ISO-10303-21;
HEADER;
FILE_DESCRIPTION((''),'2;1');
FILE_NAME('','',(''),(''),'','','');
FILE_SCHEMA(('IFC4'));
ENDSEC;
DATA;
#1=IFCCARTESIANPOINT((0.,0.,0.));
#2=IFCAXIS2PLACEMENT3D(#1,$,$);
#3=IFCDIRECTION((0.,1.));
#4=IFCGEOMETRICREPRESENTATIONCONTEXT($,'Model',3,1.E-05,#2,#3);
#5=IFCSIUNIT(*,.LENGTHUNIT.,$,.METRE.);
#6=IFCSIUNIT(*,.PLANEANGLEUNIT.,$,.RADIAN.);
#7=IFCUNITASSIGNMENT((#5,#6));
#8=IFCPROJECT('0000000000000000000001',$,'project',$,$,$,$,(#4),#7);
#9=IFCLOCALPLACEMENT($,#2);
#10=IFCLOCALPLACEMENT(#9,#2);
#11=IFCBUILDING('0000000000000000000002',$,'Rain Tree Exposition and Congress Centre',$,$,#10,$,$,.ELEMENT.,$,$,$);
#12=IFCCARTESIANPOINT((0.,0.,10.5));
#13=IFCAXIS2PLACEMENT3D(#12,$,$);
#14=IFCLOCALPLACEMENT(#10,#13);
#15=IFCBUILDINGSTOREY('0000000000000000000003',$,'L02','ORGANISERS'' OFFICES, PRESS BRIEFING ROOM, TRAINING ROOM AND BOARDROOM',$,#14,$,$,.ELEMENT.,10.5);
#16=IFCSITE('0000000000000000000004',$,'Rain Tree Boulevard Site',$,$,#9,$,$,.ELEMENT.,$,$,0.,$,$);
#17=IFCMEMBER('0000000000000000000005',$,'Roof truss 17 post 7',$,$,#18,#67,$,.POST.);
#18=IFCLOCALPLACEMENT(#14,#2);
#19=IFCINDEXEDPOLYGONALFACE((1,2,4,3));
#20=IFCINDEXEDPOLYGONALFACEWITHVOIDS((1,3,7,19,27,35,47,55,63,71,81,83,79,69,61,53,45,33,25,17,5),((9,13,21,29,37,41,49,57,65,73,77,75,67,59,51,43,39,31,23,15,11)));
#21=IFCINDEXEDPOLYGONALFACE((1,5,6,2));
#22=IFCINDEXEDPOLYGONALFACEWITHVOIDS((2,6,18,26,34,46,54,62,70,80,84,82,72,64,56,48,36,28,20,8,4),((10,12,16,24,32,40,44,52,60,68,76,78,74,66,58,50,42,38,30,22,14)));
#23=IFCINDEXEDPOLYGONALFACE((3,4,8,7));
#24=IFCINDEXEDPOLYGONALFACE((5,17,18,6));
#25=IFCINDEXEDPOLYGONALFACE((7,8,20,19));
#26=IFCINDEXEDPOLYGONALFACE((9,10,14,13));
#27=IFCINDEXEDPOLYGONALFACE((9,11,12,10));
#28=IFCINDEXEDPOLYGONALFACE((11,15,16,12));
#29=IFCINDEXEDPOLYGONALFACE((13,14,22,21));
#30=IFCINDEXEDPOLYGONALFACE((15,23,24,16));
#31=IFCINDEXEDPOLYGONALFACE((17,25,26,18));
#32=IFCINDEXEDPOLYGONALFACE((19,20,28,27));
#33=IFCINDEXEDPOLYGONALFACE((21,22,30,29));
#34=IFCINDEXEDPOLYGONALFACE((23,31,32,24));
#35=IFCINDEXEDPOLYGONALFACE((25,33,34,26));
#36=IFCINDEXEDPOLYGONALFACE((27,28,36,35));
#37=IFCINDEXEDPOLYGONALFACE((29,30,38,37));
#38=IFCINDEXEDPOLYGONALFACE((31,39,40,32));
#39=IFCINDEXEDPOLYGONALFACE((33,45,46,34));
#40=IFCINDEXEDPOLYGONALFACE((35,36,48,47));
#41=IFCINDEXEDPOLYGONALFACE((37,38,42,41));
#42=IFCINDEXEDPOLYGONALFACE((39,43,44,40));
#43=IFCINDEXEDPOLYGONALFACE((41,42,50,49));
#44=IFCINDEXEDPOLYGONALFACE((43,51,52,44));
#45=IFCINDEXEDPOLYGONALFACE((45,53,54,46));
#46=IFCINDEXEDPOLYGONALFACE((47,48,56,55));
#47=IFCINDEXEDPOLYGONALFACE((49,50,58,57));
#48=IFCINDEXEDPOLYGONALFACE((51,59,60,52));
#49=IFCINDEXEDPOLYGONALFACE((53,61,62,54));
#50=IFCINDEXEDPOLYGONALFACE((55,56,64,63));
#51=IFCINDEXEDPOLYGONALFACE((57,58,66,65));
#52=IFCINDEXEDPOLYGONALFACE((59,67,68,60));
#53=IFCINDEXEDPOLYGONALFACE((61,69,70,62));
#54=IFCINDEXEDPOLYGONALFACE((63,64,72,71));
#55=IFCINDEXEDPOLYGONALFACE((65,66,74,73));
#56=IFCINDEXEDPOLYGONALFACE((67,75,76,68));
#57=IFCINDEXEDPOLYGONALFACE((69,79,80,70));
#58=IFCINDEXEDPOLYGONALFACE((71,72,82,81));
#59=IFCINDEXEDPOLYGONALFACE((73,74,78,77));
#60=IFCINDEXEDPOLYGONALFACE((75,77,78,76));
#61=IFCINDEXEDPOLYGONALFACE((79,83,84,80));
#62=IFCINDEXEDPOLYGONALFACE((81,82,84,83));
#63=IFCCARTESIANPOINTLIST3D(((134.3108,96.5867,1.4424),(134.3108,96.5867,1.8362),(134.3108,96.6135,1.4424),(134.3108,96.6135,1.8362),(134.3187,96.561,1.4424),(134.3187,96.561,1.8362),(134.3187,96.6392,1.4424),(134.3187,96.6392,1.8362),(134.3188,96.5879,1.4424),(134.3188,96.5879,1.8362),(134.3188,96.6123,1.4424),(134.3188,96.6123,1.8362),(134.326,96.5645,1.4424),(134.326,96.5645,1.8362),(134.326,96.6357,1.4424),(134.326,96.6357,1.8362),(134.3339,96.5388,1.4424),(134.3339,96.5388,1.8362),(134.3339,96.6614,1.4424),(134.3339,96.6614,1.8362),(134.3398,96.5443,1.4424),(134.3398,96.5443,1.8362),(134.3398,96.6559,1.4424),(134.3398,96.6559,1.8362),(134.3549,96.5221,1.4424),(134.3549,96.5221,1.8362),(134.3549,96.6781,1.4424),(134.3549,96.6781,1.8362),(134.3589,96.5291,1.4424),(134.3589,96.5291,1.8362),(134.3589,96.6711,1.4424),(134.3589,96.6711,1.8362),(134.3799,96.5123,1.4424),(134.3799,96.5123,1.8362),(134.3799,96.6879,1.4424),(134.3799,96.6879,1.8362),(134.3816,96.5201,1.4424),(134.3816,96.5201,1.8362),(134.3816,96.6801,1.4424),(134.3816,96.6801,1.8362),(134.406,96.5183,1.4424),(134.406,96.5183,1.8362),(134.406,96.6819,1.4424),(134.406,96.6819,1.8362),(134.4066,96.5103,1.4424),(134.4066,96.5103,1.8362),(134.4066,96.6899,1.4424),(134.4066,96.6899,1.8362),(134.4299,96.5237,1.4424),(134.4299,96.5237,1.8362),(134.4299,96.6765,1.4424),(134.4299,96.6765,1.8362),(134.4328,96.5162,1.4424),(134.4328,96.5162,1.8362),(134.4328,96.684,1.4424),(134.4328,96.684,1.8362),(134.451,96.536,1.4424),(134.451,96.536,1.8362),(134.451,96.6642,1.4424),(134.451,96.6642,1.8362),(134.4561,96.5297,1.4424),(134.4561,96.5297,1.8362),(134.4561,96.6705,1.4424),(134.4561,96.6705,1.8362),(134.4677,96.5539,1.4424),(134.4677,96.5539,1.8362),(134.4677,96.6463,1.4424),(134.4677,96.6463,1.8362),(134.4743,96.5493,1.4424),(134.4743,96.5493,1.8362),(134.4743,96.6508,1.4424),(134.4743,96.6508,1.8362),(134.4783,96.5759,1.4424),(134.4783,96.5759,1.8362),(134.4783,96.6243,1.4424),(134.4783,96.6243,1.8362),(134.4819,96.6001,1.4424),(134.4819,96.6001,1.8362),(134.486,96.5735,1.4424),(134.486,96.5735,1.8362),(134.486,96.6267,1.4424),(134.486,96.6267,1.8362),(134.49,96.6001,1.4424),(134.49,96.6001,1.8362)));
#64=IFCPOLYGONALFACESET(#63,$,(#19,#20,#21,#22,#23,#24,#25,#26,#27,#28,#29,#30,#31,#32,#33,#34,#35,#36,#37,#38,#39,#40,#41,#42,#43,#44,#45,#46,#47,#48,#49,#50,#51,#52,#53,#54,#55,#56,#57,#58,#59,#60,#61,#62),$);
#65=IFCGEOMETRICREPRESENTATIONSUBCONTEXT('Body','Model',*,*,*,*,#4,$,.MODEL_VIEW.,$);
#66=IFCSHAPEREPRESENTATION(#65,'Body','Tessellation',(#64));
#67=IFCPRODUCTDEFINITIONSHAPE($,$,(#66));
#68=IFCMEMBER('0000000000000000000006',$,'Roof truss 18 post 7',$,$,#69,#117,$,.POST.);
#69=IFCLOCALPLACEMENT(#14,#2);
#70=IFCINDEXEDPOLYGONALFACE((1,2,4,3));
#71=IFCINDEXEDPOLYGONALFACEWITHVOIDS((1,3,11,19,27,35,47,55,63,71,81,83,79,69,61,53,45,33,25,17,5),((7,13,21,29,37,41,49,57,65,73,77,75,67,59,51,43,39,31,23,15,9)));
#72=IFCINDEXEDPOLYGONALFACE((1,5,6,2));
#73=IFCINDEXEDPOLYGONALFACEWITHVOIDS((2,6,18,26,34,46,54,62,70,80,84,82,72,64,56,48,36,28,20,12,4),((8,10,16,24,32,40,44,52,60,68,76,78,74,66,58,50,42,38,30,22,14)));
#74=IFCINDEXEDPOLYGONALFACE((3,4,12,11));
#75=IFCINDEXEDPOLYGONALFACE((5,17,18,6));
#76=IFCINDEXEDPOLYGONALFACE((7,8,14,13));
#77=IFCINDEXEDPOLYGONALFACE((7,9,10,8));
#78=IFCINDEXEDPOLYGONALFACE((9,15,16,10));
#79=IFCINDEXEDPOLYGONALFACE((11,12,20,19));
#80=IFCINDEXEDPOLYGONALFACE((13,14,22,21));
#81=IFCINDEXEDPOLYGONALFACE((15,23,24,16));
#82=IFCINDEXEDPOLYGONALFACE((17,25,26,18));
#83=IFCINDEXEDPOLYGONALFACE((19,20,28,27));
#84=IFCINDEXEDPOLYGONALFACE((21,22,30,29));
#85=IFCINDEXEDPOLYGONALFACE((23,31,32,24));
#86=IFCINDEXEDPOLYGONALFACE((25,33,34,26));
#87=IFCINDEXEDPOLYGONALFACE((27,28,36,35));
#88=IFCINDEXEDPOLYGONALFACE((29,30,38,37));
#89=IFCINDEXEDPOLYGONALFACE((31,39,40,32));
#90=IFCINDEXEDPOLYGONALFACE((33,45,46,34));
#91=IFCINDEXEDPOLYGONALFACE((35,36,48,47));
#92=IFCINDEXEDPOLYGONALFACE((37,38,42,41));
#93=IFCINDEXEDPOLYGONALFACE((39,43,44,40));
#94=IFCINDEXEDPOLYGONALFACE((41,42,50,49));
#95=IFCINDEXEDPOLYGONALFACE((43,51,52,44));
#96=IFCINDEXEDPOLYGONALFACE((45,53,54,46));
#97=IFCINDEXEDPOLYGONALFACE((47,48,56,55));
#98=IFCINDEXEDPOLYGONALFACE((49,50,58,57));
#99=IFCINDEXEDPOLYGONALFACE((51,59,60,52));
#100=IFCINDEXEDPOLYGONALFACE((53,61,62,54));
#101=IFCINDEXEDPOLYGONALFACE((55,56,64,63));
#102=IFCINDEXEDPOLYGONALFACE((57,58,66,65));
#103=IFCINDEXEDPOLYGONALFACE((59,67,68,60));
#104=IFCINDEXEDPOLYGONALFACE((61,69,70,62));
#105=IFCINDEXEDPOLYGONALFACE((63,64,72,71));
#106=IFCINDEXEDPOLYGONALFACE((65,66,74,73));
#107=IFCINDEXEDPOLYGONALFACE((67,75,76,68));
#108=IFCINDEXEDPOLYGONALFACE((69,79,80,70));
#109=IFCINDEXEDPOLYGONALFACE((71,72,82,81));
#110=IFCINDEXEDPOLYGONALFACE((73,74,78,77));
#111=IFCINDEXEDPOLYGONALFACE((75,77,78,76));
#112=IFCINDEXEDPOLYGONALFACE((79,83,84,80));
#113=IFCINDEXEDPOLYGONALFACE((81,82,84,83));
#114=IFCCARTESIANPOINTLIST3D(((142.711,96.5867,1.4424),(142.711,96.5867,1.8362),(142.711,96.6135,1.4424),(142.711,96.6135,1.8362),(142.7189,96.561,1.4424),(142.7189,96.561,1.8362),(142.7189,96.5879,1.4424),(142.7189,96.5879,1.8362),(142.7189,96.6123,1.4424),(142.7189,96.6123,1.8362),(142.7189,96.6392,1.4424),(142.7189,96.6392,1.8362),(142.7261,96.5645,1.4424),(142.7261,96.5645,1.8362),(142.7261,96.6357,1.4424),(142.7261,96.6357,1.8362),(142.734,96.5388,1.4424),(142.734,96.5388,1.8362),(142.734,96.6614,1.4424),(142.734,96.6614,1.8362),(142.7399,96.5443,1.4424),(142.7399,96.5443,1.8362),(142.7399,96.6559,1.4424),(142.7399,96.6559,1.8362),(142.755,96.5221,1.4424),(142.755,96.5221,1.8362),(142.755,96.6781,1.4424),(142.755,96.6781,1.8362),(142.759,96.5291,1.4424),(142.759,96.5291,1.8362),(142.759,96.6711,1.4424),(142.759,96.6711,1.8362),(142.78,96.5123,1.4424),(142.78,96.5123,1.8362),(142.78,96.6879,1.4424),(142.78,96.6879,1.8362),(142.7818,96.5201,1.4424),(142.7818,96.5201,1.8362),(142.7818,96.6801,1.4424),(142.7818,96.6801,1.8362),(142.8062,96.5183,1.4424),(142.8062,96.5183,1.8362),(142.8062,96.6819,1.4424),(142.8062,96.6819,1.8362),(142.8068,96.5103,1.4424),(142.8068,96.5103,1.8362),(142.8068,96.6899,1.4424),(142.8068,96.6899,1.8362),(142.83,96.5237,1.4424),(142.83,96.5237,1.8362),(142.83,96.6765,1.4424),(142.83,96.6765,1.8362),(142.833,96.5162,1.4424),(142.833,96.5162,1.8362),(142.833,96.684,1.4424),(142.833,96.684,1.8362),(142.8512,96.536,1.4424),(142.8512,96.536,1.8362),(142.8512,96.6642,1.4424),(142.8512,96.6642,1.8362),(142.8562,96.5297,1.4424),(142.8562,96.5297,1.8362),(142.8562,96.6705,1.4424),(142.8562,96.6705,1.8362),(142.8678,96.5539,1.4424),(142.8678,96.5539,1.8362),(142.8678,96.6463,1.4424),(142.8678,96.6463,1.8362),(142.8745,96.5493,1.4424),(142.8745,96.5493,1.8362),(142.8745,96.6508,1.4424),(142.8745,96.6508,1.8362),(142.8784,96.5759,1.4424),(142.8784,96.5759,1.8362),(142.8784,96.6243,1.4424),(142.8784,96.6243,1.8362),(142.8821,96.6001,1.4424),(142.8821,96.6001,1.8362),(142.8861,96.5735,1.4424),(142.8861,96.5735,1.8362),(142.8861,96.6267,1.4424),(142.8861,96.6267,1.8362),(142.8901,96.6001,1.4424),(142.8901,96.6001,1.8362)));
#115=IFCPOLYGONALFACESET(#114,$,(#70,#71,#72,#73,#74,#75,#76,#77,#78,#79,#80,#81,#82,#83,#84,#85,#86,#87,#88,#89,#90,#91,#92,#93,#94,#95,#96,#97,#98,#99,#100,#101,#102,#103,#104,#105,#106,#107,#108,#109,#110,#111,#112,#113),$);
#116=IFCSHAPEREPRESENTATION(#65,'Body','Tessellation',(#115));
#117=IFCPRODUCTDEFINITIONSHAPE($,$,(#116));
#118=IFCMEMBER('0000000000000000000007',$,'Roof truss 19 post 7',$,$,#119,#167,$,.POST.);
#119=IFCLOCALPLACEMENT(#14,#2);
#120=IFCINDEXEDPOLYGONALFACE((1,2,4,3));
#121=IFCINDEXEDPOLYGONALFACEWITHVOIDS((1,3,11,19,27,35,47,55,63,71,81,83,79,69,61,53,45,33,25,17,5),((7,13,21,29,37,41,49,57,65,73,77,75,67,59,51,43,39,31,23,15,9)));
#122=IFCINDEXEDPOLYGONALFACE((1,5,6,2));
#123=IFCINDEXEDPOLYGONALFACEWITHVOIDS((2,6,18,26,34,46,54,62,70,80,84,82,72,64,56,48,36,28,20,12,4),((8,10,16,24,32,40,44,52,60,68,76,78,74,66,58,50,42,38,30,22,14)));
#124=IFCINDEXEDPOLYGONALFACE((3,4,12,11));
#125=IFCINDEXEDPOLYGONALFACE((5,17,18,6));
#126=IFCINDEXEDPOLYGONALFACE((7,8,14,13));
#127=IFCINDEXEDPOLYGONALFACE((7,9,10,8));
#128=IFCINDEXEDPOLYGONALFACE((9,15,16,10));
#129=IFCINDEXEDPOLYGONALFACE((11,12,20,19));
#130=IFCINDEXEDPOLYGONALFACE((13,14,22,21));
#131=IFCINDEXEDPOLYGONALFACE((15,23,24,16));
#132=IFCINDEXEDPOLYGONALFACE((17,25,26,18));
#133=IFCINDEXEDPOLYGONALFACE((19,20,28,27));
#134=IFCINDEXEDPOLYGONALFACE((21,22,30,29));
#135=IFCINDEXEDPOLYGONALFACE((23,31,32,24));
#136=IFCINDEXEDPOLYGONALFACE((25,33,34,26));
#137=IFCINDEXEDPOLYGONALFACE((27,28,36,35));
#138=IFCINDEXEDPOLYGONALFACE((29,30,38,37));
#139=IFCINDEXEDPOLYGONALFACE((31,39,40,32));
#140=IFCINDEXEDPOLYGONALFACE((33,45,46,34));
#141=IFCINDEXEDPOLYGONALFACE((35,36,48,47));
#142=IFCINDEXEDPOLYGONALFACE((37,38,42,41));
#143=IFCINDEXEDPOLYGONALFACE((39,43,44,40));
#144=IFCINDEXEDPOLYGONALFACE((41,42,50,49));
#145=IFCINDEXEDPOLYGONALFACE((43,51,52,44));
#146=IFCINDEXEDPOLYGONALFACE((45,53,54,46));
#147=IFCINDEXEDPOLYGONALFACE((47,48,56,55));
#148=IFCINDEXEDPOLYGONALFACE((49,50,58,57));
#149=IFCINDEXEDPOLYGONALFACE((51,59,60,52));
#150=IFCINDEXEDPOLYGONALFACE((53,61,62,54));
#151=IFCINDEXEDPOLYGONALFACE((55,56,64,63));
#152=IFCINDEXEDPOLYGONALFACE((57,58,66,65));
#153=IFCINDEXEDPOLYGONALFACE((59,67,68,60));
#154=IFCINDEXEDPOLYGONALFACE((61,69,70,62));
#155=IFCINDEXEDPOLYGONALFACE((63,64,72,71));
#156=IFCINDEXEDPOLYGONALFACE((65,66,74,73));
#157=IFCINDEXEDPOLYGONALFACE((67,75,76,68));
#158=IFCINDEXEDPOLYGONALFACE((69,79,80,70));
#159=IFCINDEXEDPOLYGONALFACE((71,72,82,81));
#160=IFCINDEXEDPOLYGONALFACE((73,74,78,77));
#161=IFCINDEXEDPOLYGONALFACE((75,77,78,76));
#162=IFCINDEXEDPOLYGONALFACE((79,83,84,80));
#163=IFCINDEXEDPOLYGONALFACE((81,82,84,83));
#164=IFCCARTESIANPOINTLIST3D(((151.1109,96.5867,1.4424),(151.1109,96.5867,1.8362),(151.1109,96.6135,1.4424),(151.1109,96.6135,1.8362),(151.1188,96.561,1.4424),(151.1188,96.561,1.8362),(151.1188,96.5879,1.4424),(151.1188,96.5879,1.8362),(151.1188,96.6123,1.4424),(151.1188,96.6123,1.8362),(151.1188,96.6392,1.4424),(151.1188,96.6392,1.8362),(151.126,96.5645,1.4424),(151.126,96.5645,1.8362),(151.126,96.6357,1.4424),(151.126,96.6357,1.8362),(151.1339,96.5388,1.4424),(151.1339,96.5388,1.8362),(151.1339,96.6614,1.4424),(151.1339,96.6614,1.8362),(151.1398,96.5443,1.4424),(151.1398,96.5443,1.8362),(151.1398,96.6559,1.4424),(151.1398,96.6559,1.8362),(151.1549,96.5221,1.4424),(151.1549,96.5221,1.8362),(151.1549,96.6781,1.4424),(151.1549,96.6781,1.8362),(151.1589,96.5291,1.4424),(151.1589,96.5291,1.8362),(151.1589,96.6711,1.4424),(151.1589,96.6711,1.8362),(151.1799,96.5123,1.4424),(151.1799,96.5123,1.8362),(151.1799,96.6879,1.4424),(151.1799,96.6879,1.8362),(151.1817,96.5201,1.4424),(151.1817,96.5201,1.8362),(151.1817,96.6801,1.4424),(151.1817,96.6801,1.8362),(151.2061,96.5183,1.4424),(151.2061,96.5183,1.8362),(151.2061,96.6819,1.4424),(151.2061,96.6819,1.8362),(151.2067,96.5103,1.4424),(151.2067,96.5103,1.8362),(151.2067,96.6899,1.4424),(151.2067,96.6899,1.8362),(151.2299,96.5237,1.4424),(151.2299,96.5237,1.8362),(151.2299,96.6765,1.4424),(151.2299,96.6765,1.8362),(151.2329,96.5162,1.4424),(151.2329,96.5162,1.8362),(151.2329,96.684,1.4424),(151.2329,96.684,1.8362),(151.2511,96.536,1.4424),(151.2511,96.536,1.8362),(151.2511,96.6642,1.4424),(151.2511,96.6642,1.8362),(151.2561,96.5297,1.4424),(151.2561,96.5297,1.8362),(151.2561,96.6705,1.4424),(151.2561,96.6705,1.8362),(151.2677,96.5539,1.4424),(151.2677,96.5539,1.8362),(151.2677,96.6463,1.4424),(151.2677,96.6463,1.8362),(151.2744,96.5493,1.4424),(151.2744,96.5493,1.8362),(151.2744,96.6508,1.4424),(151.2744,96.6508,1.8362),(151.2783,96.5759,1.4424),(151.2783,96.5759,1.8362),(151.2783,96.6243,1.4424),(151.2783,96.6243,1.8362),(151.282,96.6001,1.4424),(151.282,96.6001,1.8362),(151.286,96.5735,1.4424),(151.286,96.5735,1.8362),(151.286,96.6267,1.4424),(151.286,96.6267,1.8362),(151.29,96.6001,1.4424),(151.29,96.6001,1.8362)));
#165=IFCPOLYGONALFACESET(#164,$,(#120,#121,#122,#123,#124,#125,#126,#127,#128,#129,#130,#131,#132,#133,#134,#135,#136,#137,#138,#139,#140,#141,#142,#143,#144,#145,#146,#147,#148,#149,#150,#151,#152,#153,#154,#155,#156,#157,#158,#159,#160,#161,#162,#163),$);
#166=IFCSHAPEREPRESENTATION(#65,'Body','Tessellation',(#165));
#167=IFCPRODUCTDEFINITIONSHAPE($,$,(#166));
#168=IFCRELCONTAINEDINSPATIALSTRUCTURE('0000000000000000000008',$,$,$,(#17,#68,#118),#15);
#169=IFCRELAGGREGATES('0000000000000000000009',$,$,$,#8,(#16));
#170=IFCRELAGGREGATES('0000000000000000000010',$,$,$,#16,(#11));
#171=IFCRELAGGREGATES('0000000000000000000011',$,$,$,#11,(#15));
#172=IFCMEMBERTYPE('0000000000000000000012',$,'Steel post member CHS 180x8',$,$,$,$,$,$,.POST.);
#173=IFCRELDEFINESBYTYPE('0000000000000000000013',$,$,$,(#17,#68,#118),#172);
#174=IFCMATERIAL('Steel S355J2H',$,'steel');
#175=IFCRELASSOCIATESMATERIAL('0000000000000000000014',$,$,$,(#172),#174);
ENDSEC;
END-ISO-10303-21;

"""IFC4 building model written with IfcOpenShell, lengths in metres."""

from ifc_helpers import new_model, si_unit, direction, frame, origin, origin_2d, place, context, subcontext, project, spatial, hollow_circle, extrude, material, material_profile, profile_set, type_object, element, save


model = new_model("IFC4")

# Units and contexts
model_context = context("Model", 3, precision=1e-05, world=origin(), true_north=direction((0.0, 1.0)))
body_context = subcontext(model_context, "Body", "Model", "MODEL_VIEW")
ifc_project = project(units=[si_unit("LENGTHUNIT", "METRE"), si_unit("PLANEANGLEUNIT", "RADIAN")], contexts=[model_context])

# Site, building, storey
site_placement = place(None, origin())
site = spatial("IfcSite", under=ifc_project, at=site_placement, Name="Rain Tree Boulevard Site", CompositionType="ELEMENT", RefElevation=0.0)
building_placement = place(site_placement, origin())
building = spatial("IfcBuilding", under=site, at=building_placement, Name="Rain Tree Exposition and Congress Centre", CompositionType="ELEMENT")
storey_placement = place(building_placement, frame((0.0, 0.0, 10.5)))
storey = spatial("IfcBuildingStorey", under=building, at=storey_placement, Name="L02", Description="ORGANISERS' OFFICES, PRESS BRIEFING ROOM, TRAINING ROOM AND BOARDROOM", CompositionType="ELEMENT", Elevation=10.5)

# Members
ifc_material_1 = material(Name="Steel S355J2H", Category="steel")
ifc_material_profile_1 = material_profile(ifc_material_1, hollow_circle(Radius=0.0901, WallThickness=0.0081, at=origin_2d()), Name="CHS 180x8")
ifc_profile_set_1 = profile_set([ifc_material_profile_1], Name="Steel S355J2H")
member_type_1 = type_object("IfcMemberType", Name="Steel post member CHS 180x8", PredefinedType="POST", material=ifc_profile_set_1)
for number, where, z_axis, x_axis, name in (
    (1, (134.3999, 96.6001, 1.4424), (0.0, 0.0, 1.0), (1.0, 0.0, 0.0), "Roof truss 17 post 7"),
    (2, (142.8, 96.6001, 1.4424), (0.0, 0.0, 1.0), (1.0, 0.0, 0.0), "Roof truss 18 post 7"),
    (3, (151.2, 96.6001, 1.4424), (0.0, 0.0, 1.0), (1.0, 0.0, 0.0), "Roof truss 19 post 7"),
):
    element("IfcMember", number, at=place(storey_placement, frame(where, z_axis=z_axis, x_axis=x_axis)), inside=storey, type_object=member_type_1, Name=name, PredefinedType="POST", context=body_context, shape_type="SweptSolid", body=[
        extrude(hollow_circle(Radius=0.0901, WallThickness=0.0081, at=origin_2d()), origin(), (0.0, 0.0, 1.0), 0.3938),
    ])

save(model, "model.ifc")
